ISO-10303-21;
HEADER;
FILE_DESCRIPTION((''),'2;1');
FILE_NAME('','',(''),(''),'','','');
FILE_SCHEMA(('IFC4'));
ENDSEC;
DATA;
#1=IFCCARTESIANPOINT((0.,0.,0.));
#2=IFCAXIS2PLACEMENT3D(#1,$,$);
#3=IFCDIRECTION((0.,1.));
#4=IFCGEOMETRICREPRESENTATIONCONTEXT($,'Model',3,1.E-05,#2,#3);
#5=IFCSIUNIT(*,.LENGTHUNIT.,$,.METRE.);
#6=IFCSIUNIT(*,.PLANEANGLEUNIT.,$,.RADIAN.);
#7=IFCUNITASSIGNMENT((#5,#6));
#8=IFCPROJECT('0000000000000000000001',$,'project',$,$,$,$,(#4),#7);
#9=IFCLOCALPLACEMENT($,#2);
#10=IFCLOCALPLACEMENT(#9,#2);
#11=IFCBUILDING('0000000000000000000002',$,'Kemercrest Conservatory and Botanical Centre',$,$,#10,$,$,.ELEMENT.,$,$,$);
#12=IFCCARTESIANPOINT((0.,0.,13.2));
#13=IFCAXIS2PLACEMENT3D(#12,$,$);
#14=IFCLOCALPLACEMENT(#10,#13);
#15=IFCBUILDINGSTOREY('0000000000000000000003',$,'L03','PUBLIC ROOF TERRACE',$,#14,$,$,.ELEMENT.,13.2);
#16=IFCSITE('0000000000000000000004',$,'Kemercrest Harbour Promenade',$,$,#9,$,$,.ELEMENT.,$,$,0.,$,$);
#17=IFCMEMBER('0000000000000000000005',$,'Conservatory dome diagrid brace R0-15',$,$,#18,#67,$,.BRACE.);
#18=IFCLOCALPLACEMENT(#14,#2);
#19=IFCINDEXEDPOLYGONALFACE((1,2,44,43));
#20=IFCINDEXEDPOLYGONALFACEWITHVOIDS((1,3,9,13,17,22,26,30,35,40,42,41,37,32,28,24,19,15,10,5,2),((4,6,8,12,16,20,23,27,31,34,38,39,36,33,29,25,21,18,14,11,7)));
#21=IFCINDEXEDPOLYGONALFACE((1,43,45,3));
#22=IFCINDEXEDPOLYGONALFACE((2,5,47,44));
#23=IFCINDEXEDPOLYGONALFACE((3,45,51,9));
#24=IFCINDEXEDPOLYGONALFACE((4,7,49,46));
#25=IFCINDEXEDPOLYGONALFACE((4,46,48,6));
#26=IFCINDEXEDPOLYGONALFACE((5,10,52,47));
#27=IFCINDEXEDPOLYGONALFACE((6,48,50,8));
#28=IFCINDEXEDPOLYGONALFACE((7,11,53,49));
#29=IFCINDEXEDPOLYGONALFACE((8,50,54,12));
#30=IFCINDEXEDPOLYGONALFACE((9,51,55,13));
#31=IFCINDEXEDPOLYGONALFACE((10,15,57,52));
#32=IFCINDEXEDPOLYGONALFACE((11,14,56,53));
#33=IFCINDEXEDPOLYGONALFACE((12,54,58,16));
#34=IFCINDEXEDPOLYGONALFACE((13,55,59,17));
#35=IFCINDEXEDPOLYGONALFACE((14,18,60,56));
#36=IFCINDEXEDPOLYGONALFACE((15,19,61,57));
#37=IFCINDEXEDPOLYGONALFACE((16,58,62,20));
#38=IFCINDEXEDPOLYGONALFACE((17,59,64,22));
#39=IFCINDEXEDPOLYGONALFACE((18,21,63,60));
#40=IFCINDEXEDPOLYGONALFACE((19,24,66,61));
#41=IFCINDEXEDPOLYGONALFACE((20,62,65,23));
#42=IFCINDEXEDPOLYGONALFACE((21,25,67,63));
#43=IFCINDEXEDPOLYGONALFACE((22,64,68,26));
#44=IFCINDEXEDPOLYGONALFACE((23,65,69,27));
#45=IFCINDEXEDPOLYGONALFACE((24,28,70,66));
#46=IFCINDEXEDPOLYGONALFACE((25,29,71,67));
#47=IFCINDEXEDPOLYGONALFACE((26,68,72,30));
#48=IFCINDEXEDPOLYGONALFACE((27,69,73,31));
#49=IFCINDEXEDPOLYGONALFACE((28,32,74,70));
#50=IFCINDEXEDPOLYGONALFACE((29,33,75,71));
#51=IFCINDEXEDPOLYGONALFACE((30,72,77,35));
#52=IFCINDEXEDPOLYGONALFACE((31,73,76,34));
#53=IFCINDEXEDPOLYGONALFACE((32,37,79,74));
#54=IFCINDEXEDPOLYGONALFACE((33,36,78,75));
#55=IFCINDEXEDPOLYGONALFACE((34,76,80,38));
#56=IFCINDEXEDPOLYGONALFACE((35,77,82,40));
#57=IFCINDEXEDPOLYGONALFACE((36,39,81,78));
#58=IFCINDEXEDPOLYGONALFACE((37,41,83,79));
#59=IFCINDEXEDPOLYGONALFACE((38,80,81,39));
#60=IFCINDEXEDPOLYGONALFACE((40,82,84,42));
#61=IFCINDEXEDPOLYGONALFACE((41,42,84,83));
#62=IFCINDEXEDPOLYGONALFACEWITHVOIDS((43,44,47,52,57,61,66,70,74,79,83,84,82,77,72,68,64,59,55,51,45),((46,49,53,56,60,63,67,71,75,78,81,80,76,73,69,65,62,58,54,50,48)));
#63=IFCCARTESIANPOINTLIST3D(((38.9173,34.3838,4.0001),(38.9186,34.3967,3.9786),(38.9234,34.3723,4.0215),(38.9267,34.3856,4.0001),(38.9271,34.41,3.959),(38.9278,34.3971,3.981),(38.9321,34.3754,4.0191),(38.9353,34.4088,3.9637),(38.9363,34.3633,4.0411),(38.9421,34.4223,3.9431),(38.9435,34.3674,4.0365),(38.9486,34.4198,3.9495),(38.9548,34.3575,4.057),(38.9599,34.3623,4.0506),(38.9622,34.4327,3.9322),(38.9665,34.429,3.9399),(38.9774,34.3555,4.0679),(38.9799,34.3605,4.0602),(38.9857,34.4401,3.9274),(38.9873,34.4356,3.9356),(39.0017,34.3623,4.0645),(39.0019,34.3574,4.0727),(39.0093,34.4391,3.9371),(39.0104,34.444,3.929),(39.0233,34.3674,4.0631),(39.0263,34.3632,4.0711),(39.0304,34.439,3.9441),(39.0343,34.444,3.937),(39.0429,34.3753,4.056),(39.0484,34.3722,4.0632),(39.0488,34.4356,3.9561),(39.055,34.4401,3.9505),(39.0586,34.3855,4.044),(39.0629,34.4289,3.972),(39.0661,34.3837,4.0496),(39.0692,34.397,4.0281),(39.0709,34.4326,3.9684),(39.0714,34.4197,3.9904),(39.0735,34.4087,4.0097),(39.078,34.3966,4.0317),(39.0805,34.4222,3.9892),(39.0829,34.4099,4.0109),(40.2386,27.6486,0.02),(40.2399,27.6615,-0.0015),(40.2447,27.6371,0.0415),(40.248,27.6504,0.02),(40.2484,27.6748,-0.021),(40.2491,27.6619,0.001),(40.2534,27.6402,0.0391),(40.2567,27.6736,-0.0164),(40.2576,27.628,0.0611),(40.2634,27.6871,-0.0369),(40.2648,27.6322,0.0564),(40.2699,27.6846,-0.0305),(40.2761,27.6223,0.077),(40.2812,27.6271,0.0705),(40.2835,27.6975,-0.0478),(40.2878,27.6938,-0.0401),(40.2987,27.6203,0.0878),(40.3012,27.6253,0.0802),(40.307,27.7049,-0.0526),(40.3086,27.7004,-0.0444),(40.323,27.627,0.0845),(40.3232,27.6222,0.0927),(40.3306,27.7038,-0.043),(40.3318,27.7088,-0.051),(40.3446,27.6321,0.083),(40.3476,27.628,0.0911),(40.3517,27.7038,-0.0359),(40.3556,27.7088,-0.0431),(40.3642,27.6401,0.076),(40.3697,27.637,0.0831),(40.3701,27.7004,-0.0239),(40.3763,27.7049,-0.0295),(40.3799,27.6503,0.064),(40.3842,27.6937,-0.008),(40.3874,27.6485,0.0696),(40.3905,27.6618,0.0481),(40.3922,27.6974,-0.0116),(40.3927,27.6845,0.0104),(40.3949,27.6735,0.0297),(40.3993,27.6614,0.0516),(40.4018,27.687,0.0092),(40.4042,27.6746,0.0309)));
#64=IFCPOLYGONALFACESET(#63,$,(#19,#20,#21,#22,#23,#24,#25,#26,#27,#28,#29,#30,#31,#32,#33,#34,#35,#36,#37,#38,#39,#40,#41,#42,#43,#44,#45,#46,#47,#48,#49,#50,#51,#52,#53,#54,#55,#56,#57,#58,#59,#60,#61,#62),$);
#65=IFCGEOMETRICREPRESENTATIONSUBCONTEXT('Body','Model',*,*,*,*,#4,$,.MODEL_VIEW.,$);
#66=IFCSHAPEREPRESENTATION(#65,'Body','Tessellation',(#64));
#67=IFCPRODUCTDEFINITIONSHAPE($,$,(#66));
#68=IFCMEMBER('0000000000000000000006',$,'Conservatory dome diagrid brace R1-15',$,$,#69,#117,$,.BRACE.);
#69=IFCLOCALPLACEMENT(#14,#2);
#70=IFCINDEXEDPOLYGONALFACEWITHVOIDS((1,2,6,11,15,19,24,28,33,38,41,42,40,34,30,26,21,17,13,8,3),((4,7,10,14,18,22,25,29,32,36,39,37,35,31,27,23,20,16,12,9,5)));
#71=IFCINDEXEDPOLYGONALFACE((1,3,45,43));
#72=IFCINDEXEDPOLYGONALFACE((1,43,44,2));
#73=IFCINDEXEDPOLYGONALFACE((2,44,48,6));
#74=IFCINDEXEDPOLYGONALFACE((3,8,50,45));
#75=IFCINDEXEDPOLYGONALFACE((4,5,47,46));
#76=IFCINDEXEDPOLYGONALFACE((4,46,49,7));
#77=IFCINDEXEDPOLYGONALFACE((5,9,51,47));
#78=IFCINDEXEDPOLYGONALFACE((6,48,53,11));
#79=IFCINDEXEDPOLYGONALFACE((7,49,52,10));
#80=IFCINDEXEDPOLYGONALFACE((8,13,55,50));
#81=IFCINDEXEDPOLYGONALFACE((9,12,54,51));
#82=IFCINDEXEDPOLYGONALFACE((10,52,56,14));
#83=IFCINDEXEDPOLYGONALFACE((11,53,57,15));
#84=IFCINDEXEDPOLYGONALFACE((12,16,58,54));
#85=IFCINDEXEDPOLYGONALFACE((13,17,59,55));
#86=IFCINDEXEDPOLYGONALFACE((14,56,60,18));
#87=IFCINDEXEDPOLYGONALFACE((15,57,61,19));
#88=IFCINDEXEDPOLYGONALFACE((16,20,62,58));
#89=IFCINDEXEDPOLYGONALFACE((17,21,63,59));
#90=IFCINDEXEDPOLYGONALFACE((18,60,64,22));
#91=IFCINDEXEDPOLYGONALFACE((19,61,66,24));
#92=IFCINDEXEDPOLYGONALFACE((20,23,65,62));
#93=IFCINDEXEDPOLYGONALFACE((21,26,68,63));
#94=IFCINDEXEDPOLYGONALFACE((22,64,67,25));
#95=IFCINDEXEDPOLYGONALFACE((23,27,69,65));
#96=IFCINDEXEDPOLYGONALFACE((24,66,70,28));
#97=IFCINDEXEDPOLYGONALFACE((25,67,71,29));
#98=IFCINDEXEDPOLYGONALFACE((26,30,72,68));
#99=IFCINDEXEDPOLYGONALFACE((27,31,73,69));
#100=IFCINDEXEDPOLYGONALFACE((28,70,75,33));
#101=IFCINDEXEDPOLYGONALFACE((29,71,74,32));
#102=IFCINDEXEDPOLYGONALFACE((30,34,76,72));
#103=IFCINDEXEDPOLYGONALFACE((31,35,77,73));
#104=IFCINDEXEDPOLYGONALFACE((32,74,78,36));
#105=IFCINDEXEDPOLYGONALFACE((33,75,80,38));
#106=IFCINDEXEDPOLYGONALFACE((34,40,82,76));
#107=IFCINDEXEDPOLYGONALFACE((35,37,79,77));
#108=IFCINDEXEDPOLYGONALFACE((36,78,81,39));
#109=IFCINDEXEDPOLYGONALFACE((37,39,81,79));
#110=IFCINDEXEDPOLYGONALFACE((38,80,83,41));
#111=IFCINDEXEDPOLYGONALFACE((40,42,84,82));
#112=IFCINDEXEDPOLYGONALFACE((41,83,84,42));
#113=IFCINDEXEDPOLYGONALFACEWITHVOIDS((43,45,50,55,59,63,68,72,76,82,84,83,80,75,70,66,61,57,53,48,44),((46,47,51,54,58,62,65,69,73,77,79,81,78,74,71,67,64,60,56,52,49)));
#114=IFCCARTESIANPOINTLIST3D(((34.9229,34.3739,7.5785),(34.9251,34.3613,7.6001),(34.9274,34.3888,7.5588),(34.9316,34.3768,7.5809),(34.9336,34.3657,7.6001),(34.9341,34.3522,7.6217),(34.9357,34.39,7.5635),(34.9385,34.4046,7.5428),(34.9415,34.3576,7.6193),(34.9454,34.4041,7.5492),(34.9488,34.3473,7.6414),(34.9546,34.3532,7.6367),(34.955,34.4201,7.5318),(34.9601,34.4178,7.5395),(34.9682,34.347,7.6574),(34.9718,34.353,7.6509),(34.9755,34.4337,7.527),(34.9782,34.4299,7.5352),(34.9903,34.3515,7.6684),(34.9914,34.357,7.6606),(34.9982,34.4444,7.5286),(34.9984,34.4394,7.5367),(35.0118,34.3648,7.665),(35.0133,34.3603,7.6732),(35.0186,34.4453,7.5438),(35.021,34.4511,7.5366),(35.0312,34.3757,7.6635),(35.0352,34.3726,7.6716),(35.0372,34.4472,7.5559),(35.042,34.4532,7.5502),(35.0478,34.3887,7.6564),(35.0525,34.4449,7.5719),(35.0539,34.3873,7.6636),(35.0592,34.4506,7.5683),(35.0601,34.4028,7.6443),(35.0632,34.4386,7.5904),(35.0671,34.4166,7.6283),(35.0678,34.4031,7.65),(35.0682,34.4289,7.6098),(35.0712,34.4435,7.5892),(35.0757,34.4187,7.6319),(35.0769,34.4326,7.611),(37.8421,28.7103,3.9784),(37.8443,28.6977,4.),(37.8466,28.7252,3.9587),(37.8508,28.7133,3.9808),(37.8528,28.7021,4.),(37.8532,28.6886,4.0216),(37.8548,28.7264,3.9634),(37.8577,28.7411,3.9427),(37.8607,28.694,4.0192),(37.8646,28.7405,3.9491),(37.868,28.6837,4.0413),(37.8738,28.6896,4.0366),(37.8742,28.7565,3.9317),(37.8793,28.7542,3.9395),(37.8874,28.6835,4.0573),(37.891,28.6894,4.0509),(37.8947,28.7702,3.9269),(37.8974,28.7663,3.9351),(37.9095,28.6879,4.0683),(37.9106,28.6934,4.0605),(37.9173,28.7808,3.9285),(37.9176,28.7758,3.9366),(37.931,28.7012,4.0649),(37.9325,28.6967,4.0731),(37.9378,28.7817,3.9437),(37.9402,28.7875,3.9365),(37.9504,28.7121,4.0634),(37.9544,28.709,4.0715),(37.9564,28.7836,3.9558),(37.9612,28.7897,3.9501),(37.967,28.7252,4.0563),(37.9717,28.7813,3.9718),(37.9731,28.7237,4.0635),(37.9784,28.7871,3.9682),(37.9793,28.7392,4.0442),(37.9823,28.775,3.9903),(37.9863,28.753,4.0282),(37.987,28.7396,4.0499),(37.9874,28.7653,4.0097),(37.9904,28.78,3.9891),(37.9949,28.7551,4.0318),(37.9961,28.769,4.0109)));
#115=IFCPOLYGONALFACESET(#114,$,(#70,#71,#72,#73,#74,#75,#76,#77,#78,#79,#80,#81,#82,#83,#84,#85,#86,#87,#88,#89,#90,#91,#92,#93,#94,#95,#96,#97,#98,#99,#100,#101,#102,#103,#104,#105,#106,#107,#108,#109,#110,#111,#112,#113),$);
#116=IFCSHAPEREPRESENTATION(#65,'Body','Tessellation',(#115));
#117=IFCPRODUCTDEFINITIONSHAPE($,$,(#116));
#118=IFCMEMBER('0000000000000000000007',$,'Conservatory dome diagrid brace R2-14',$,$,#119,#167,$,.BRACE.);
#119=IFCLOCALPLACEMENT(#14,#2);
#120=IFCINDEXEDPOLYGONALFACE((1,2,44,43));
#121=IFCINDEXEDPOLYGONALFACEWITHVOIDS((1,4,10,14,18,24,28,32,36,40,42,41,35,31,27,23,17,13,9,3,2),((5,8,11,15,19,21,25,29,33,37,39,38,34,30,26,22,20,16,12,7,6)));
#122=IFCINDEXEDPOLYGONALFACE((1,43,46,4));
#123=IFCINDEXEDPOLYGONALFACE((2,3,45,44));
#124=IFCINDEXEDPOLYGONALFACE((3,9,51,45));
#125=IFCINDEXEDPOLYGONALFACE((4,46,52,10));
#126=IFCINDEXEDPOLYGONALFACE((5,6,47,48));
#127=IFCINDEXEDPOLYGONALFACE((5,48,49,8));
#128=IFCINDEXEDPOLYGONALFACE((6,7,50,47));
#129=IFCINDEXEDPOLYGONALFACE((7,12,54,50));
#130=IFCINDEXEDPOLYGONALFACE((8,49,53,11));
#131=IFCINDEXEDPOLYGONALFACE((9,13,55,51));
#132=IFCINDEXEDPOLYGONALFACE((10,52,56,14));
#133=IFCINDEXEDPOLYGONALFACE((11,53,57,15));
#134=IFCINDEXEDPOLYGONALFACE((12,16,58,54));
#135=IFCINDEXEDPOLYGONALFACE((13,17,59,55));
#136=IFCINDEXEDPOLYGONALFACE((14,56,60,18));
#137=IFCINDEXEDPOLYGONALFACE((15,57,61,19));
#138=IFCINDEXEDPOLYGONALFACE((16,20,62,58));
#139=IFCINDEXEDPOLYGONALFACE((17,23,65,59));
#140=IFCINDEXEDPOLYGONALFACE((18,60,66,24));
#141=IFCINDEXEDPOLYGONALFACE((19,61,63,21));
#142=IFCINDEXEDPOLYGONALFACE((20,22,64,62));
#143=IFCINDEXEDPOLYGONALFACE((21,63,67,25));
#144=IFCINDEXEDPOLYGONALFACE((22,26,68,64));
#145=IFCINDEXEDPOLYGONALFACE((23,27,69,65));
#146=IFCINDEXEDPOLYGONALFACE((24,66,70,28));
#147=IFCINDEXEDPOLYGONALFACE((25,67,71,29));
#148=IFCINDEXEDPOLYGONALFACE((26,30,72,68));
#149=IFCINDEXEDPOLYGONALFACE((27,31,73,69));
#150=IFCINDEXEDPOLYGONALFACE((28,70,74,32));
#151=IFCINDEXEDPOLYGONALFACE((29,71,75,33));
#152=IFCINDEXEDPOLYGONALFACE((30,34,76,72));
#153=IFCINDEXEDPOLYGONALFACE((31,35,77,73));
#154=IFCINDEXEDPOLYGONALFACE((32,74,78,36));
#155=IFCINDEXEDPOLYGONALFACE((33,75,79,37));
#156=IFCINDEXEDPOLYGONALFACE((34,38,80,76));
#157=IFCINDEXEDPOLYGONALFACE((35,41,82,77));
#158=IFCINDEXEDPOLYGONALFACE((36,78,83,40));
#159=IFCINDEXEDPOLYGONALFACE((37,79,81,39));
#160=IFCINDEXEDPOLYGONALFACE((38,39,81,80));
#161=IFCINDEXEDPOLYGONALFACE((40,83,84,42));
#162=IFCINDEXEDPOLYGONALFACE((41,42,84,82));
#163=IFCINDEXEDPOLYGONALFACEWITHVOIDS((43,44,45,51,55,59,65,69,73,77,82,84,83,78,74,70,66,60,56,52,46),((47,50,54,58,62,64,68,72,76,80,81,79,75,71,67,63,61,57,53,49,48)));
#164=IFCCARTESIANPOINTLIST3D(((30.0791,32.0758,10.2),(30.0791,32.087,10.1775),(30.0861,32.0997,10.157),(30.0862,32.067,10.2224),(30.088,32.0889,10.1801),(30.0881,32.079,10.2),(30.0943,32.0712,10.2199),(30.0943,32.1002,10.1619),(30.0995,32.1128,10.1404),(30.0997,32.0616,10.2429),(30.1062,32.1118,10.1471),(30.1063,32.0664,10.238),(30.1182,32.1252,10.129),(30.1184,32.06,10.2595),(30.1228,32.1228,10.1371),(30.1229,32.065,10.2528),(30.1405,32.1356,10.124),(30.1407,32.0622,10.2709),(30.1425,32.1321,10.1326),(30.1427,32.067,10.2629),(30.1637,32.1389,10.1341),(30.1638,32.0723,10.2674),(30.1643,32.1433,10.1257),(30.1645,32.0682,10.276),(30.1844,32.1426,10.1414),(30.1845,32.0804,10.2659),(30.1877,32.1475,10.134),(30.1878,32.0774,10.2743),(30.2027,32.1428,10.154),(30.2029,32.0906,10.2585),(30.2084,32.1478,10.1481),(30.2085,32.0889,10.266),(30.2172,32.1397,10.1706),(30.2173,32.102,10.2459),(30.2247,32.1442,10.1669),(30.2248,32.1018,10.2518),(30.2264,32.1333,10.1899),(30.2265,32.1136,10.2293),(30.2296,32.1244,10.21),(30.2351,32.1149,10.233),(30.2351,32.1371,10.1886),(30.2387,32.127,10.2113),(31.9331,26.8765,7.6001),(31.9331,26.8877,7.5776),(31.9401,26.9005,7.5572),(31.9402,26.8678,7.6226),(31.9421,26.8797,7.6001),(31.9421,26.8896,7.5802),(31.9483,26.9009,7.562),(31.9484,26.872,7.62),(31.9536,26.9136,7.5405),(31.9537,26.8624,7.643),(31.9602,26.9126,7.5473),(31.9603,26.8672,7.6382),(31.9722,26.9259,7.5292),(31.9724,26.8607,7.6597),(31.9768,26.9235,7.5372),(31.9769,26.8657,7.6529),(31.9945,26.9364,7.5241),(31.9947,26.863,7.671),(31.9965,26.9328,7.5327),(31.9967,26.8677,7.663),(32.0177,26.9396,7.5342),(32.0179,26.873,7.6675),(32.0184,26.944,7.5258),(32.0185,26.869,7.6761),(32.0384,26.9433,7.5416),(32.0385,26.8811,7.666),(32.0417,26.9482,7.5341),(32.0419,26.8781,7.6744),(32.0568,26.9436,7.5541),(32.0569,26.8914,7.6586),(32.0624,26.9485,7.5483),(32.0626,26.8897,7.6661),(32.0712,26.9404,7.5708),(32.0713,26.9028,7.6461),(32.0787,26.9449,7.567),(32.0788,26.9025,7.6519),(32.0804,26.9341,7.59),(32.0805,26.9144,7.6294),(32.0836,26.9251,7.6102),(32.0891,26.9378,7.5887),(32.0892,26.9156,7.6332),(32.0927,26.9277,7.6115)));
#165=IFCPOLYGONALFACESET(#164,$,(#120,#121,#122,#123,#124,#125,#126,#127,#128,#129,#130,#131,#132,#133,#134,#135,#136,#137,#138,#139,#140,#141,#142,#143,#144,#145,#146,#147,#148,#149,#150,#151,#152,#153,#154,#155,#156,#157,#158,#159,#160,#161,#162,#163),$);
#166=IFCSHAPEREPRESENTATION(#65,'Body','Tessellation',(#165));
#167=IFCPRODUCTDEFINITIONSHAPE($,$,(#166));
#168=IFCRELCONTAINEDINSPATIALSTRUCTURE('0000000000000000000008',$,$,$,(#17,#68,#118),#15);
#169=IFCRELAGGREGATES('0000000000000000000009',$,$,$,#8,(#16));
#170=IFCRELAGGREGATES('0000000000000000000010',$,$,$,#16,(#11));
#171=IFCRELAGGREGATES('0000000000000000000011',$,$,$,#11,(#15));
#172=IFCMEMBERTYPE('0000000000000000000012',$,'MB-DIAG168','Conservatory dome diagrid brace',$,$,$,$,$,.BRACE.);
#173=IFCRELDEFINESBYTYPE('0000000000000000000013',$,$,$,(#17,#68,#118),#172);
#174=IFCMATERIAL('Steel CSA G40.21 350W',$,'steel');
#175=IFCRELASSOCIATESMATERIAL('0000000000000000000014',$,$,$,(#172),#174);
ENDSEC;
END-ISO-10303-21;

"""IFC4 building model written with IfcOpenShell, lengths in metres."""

from ifc_helpers import new_model, si_unit, direction, frame, origin, origin_2d, place, context, subcontext, project, spatial, hollow_circle, extrude, material, material_profile, profile_set, type_object, element, save


model = new_model("IFC4")

# Units and contexts
model_context = context("Model", 3, precision=1e-05, world=origin(), true_north=direction((0.0, 1.0)))
body_context = subcontext(model_context, "Body", "Model", "MODEL_VIEW")
ifc_project = project(units=[si_unit("LENGTHUNIT", "METRE"), si_unit("PLANEANGLEUNIT", "RADIAN")], contexts=[model_context])

# Site, building, storey
site_placement = place(None, origin())
site = spatial("IfcSite", under=ifc_project, at=site_placement, Name="Kemercrest Harbour Promenade", CompositionType="ELEMENT", RefElevation=0.0)
building_placement = place(site_placement, origin())
building = spatial("IfcBuilding", under=site, at=building_placement, Name="Kemercrest Conservatory and Botanical Centre", CompositionType="ELEMENT")
storey_placement = place(building_placement, frame((0.0, 0.0, 13.2)))
storey = spatial("IfcBuildingStorey", under=building, at=storey_placement, Name="L03", Description="PUBLIC ROOF TERRACE", CompositionType="ELEMENT", Elevation=13.2)

# Shared definitions
ifc_material_1 = material(Name="Steel CSA G40.21 350W", Category="steel")

# Members
ifc_material_profile_1 = material_profile(ifc_material_1, hollow_circle(Radius=0.0842, WallThickness=0.0095, at=origin_2d()), Name="CHS 168.3x9.5")
ifc_profile_set_1 = profile_set([ifc_material_profile_1], Name="Steel CSA G40.21 350W")
member_type_1 = type_object("IfcMemberType", Name="MB-DIAG168", Description="Conservatory dome diagrid brace", PredefinedType="BRACE", material=ifc_profile_set_1)
member_1_placement = place(storey_placement, frame((40.3213, 27.6648, 0.02), z_axis=(-0.166536, 0.848896, 0.501639), x_axis=(-0.981295, -0.19251, 0.0)))
element("IfcMember", 1, at=member_1_placement, inside=storey, type_object=member_type_1, Name="Conservatory dome diagrid brace R0-15", PredefinedType="BRACE", context=body_context, shape_type="SweptSolid", body=[
    extrude(hollow_circle(Radius=0.0842, WallThickness=0.0095, at=origin_2d()), origin(), (0.0, 0.0, 1.0), 7.9341),
])
member_2_placement = place(storey_placement, frame((37.9192, 28.7363, 4.0), z_axis=(-0.398886, 0.773885, 0.491927), x_axis=(-0.888873, -0.458154, 0.0)))
element("IfcMember", 2, at=member_2_placement, inside=storey, type_object=member_type_1, Name="Conservatory dome diagrid brace R1-15", PredefinedType="BRACE", context=body_context, shape_type="SweptSolid", body=[
    extrude(hollow_circle(Radius=0.0842, WallThickness=0.0095, at=origin_2d()), origin(), (0.0, 0.0, 1.0), 7.3184),
])
member_3_placement = place(storey_placement, frame((32.0125, 26.9048, 7.6001), z_axis=(-0.30386, 0.85212, 0.4261), x_axis=(-0.941906, -0.335877, 0.0)))
element("IfcMember", 3, at=member_3_placement, inside=storey, type_object=member_type_1, Name="Conservatory dome diagrid brace R2-14", PredefinedType="BRACE", context=body_context, shape_type="SweptSolid", body=[
    extrude(hollow_circle(Radius=0.0842, WallThickness=0.0095, at=origin_2d()), origin(), (0.0, 0.0, 1.0), 6.1016),
])

save(model, "model.ifc")
